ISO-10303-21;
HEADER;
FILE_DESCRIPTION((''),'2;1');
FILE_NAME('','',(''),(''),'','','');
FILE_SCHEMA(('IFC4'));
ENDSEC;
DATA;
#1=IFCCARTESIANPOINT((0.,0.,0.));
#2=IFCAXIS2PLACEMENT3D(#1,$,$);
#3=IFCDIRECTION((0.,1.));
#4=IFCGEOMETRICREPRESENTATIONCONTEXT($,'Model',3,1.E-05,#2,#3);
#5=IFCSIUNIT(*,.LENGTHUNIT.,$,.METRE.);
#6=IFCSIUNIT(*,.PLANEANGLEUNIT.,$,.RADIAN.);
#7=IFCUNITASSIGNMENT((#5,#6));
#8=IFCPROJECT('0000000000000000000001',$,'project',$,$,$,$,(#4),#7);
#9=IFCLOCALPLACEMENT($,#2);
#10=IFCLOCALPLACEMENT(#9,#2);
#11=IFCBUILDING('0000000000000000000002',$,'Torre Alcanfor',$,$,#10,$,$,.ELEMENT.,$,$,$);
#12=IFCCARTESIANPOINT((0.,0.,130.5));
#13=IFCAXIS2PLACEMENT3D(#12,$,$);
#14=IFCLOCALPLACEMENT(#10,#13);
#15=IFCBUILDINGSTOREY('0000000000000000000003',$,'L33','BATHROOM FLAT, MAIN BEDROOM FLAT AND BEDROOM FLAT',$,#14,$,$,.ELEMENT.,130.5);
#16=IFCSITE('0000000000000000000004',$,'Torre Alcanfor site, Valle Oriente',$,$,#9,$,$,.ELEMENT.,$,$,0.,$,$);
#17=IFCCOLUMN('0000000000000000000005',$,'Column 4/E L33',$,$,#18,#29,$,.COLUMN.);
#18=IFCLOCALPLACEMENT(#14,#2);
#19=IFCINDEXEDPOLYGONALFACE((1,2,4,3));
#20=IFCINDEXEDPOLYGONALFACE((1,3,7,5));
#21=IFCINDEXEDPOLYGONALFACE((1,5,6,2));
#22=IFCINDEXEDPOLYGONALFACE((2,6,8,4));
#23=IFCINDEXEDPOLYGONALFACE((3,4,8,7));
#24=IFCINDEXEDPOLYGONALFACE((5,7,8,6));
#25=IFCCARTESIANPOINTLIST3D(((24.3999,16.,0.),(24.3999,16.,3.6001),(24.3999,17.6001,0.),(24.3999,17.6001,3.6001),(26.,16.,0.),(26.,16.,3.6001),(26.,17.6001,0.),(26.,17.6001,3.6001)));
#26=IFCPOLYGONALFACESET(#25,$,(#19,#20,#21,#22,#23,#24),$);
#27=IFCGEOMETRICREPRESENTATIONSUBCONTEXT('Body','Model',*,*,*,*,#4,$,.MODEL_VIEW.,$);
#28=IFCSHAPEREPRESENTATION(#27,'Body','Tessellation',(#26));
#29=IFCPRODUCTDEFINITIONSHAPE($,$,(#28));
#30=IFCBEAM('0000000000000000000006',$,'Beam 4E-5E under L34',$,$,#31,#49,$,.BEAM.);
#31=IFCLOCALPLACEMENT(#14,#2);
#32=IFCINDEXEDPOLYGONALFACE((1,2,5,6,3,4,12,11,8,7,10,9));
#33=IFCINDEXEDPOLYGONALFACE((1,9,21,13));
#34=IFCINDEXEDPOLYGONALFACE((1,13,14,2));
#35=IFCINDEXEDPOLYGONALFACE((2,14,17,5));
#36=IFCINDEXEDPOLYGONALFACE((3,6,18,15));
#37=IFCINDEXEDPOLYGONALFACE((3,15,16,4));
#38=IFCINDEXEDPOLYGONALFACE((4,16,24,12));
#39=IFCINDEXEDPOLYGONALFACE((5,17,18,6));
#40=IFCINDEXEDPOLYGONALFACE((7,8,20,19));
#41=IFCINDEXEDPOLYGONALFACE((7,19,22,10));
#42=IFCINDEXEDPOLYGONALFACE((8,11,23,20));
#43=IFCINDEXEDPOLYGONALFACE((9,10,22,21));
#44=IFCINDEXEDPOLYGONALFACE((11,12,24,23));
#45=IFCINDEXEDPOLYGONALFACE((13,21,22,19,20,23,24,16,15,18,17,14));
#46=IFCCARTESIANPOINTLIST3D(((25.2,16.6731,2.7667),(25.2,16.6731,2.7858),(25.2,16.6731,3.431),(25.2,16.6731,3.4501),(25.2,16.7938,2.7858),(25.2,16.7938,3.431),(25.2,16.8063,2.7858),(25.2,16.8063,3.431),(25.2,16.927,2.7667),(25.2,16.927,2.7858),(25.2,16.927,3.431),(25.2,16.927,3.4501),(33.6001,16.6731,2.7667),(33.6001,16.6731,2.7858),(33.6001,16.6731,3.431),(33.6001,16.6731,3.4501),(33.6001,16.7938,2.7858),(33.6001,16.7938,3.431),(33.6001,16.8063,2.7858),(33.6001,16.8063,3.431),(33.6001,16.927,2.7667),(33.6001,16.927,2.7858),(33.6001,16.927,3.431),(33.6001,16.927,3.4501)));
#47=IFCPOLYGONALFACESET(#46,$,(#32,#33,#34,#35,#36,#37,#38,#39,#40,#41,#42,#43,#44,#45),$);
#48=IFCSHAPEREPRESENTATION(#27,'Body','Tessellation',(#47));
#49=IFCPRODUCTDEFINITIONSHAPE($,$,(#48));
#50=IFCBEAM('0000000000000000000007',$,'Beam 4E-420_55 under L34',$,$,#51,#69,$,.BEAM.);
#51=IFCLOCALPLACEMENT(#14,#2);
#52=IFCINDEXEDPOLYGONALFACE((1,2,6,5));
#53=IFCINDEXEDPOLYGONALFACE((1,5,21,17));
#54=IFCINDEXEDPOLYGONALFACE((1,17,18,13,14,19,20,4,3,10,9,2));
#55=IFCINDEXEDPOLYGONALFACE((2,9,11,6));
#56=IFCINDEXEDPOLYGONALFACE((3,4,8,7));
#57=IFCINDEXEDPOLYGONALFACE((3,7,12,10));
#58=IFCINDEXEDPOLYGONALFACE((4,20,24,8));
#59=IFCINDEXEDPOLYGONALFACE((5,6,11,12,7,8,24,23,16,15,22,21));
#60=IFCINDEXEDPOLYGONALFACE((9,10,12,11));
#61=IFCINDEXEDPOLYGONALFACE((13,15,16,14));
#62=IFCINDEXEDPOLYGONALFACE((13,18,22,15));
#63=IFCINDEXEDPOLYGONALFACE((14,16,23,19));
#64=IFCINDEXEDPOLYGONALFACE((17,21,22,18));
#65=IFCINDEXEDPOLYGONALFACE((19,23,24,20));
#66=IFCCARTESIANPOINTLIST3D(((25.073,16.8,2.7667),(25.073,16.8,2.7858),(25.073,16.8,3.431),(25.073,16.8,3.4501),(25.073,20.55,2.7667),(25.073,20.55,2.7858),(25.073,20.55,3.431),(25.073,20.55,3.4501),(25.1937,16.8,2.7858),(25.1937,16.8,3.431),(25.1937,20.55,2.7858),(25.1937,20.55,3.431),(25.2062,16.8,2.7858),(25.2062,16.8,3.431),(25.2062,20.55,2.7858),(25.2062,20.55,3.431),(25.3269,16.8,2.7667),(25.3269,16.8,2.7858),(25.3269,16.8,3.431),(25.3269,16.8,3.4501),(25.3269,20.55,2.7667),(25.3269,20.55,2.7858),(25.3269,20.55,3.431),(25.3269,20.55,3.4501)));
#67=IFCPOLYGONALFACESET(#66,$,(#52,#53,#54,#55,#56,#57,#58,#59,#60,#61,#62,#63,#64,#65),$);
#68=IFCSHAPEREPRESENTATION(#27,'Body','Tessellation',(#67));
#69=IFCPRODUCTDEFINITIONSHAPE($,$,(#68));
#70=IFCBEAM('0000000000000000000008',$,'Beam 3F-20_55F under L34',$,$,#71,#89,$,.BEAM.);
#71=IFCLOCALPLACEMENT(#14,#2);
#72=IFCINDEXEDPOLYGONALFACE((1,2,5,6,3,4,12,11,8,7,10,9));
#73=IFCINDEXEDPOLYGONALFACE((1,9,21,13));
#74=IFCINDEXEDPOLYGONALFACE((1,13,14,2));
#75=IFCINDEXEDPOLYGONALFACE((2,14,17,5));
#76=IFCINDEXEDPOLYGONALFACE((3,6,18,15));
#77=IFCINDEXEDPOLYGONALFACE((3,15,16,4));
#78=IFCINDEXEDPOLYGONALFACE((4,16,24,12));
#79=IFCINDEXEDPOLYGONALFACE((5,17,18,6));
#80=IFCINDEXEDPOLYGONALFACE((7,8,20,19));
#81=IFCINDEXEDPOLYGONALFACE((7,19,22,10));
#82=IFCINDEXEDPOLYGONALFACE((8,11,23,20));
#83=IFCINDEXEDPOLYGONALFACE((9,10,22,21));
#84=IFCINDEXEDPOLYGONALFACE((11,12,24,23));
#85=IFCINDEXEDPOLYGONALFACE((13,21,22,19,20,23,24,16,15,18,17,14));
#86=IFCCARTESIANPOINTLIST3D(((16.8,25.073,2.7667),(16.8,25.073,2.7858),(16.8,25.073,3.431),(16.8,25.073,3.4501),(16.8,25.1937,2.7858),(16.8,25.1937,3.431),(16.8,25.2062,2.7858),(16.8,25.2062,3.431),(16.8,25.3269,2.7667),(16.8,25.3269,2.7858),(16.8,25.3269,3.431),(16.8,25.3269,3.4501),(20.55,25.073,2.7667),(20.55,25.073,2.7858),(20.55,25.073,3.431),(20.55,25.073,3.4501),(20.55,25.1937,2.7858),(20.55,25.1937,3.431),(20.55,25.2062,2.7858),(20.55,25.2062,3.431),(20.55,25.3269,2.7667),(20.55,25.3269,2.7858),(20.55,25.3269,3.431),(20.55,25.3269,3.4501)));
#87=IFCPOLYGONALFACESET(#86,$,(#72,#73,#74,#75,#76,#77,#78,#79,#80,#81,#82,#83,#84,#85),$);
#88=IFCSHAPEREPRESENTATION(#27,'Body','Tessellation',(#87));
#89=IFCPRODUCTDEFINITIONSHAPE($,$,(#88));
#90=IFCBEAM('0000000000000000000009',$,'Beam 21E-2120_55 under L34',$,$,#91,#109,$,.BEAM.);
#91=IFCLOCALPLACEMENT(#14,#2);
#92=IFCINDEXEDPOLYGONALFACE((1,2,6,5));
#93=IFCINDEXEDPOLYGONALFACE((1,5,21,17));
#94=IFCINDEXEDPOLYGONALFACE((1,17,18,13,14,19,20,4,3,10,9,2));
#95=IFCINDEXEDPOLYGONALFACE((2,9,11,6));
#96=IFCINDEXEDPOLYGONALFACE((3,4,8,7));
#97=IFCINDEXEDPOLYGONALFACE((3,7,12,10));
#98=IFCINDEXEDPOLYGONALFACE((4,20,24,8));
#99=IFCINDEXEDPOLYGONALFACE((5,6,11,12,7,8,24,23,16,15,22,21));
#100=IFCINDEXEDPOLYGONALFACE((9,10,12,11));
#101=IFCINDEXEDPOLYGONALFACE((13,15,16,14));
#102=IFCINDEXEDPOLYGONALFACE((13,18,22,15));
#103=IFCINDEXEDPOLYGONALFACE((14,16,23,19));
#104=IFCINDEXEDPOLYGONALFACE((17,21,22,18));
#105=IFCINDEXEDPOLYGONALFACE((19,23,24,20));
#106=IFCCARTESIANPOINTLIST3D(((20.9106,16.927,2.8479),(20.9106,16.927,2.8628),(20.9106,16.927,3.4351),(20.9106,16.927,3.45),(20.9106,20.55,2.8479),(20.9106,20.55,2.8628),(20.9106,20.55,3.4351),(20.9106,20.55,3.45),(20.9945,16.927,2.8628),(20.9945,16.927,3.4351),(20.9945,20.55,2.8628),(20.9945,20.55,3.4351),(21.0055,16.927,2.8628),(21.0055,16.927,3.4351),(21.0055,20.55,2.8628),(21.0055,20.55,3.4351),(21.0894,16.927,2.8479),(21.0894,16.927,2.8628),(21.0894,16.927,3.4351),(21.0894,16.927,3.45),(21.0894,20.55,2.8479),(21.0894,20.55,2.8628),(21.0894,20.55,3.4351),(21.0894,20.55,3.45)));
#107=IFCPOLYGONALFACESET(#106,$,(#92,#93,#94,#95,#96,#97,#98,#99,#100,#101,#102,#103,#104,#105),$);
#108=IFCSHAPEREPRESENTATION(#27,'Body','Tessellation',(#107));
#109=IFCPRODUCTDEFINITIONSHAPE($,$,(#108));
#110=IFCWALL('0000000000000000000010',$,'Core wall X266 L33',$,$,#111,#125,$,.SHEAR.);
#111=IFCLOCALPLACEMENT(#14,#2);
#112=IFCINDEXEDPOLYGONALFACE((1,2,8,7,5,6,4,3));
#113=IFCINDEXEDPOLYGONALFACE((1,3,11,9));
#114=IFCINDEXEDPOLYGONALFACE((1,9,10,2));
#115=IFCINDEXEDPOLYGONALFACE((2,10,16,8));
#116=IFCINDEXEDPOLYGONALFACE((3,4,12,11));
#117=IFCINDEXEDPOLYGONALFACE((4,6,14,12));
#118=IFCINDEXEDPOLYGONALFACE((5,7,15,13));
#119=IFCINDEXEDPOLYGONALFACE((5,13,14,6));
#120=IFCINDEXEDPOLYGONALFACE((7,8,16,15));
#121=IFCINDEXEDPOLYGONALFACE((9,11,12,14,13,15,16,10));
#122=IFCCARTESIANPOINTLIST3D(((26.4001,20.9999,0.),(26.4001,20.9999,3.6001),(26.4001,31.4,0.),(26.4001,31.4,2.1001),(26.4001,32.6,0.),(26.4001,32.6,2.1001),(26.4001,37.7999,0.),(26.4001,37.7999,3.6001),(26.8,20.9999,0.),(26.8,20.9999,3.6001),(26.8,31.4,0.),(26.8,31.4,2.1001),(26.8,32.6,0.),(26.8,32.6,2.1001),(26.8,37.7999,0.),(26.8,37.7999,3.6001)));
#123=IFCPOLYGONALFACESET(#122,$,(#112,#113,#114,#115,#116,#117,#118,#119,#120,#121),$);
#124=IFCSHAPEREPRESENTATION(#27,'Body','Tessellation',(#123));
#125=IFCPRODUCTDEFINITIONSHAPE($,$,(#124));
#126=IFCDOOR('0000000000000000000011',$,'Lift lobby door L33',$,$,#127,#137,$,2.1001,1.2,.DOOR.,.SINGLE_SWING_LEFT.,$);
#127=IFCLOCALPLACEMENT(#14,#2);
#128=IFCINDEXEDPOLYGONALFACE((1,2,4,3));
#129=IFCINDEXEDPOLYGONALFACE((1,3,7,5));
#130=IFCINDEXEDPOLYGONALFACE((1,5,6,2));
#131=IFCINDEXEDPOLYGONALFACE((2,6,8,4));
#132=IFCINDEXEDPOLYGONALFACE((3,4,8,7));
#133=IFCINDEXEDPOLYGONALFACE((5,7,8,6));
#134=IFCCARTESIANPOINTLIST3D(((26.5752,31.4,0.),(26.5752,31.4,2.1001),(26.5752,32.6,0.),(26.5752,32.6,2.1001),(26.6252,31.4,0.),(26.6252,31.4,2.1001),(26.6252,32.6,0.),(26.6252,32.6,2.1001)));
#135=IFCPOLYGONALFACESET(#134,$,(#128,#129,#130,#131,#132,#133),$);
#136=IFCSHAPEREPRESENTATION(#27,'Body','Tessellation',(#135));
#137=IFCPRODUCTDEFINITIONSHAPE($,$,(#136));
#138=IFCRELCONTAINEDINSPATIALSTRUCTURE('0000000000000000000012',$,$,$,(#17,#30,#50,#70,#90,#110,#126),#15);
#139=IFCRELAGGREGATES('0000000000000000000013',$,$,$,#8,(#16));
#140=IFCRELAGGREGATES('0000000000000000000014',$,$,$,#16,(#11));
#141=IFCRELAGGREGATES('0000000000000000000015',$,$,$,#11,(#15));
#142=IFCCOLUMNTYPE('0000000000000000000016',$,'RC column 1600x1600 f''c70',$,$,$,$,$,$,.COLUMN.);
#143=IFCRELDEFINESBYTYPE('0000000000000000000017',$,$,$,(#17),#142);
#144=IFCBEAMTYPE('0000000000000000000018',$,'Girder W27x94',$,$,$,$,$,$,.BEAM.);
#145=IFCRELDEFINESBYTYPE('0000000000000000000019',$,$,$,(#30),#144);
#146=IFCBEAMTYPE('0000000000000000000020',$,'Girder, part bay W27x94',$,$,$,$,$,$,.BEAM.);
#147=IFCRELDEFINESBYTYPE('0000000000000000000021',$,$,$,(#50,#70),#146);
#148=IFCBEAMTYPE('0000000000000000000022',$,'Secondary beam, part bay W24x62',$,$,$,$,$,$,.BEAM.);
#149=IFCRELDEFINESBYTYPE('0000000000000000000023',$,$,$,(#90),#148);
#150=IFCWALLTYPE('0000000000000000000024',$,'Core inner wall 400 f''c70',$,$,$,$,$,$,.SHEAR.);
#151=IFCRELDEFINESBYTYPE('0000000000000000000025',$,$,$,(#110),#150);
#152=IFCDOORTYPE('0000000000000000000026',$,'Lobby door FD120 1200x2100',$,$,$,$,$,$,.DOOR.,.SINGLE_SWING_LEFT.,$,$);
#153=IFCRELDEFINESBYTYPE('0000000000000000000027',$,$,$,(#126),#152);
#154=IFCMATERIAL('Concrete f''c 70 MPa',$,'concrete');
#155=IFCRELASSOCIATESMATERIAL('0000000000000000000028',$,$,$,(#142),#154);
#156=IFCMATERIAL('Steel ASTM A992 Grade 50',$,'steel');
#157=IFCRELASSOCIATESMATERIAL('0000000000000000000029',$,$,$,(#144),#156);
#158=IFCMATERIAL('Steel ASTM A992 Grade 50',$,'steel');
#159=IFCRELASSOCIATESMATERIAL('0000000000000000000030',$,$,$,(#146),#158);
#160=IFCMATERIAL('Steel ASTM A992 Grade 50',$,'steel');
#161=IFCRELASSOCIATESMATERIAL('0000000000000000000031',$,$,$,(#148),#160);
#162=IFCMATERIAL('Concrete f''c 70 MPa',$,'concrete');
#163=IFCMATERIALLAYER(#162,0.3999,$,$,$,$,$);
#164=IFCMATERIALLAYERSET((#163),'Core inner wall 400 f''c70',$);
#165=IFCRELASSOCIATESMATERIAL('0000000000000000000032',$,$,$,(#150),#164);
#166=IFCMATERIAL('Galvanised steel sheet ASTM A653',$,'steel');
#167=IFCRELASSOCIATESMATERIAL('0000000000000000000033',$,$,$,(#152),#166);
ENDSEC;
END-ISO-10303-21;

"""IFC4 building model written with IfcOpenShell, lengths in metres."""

from ifc_helpers import new_model, si_unit, direction, frame, frame_2d, origin, origin_2d, place, context, subcontext, project, spatial, rectangle, i_section, extrude, material, layer, layer_set, material_profile, profile_set, type_object, element, fill, save


model = new_model("IFC4")

# Units and contexts
model_context = context("Model", 3, precision=1e-05, world=origin(), true_north=direction((0.0, 1.0)))
body_context = subcontext(model_context, "Body", "Model", "MODEL_VIEW")
ifc_project = project(units=[si_unit("LENGTHUNIT", "METRE"), si_unit("PLANEANGLEUNIT", "RADIAN")], contexts=[model_context])

# Site, building, storey
site_placement = place(None, origin())
site = spatial("IfcSite", under=ifc_project, at=site_placement, Name="Torre Alcanfor site, Valle Oriente", CompositionType="ELEMENT", RefElevation=0.0)
building_placement = place(site_placement, origin())
building = spatial("IfcBuilding", under=site, at=building_placement, Name="Torre Alcanfor", CompositionType="ELEMENT")
storey_placement = place(building_placement, frame((0.0, 0.0, 130.5)))
storey = spatial("IfcBuildingStorey", under=building, at=storey_placement, Name="L33", Description="BATHROOM FLAT, MAIN BEDROOM FLAT AND BEDROOM FLAT", CompositionType="ELEMENT", Elevation=130.5)

# Column
ifc_material_1 = material(Name="Concrete f'c 70 MPa", Category="concrete")
ifc_material_profile_1 = material_profile(ifc_material_1, rectangle(XDim=1.6001, YDim=1.6001, at=origin_2d()), Name="1600x1600")
ifc_profile_set_1 = profile_set([ifc_material_profile_1], Name="Concrete f'c 70 MPa")
column_type = type_object("IfcColumnType", Name="RC column 1600x1600 f'c70", PredefinedType="COLUMN", material=ifc_profile_set_1)
column_placement = place(storey_placement, frame((25.2, 16.8, 0.0), z_axis=(0.0, 0.0, 1.0), x_axis=(1.0, 0.0, 0.0)))
element("IfcColumn", 1, at=column_placement, inside=storey, type_object=column_type, Name="Column 4/E L33", PredefinedType="COLUMN", context=body_context, shape_type="SweptSolid", body=[
    extrude(rectangle(XDim=1.6001, YDim=1.6001, at=origin_2d()), origin(), (0.0, 0.0, 1.0), 3.6001),
])

# Beams
ifc_material_2 = material(Name="Steel ASTM A992 Grade 50", Category="steel")
ifc_material_profile_2 = material_profile(ifc_material_2, i_section(OverallWidth=0.2539, OverallDepth=0.6833, WebThickness=0.0125, FlangeThickness=0.019, at=origin_2d()), Name="W27x94")
ifc_profile_set_2 = profile_set([ifc_material_profile_2], Name="Steel ASTM A992 Grade 50")
beam_type_1 = type_object("IfcBeamType", Name="Girder W27x94", PredefinedType="BEAM", material=ifc_profile_set_2)
beam_1_placement = place(storey_placement, frame((25.2, 16.8, 3.1084), z_axis=(1.0, 0.0, 0.0), x_axis=(0.0, 1.0, 0.0)))
element("IfcBeam", 2, at=beam_1_placement, inside=storey, type_object=beam_type_1, Name="Beam 4E-5E under L34", PredefinedType="BEAM", context=body_context, shape_type="SweptSolid", body=[
    extrude(i_section(OverallWidth=0.2539, OverallDepth=0.6833, WebThickness=0.0125, FlangeThickness=0.019, at=origin_2d()), origin(), (0.0, 0.0, 1.0), 8.4001),
])
ifc_material_3 = material(Name="Steel ASTM A992 Grade 50", Category="steel")
ifc_material_profile_3 = material_profile(ifc_material_3, i_section(OverallWidth=0.2539, OverallDepth=0.6833, WebThickness=0.0125, FlangeThickness=0.019, at=origin_2d()), Name="W27x94")
ifc_profile_set_3 = profile_set([ifc_material_profile_3], Name="Steel ASTM A992 Grade 50")
beam_type_2 = type_object("IfcBeamType", Name="Girder, part bay W27x94", PredefinedType="BEAM", material=ifc_profile_set_3)
for number, where, z_axis, x_axis, name in (
    (3, (25.2, 16.8, 3.1084), (0.0, 1.0, 0.0), (-1.0, 0.0, 0.0), "Beam 4E-420_55 under L34"),
    (4, (16.8, 25.2, 3.1084), (1.0, 0.0, 0.0), (0.0, 1.0, 0.0), "Beam 3F-20_55F under L34"),
):
    element("IfcBeam", number, at=place(storey_placement, frame(where, z_axis=z_axis, x_axis=x_axis)), inside=storey, type_object=beam_type_2, Name=name, PredefinedType="BEAM", context=body_context, shape_type="SweptSolid", body=[
        extrude(i_section(OverallWidth=0.2539, OverallDepth=0.6833, WebThickness=0.0125, FlangeThickness=0.019, at=origin_2d()), origin(), (0.0, 0.0, 1.0), 3.75),
    ])
ifc_material_4 = material(Name="Steel ASTM A992 Grade 50", Category="steel")
ifc_material_profile_4 = material_profile(ifc_material_4, i_section(OverallWidth=0.1787, OverallDepth=0.6021, WebThickness=0.011, FlangeThickness=0.0149, at=origin_2d()), Name="W24x62")
ifc_profile_set_4 = profile_set([ifc_material_profile_4], Name="Steel ASTM A992 Grade 50")
beam_type_3 = type_object("IfcBeamType", Name="Secondary beam, part bay W24x62", PredefinedType="BEAM", material=ifc_profile_set_4)
beam_2_placement = place(storey_placement, frame((21.0, 16.927, 3.1489), z_axis=(0.0, 1.0, 0.0), x_axis=(-1.0, 0.0, 0.0)))
element("IfcBeam", 5, at=beam_2_placement, inside=storey, type_object=beam_type_3, Name="Beam 21E-2120_55 under L34", PredefinedType="BEAM", context=body_context, shape_type="SweptSolid", body=[
    extrude(i_section(OverallWidth=0.1787, OverallDepth=0.6021, WebThickness=0.011, FlangeThickness=0.0149, at=origin_2d()), origin(), (0.0, 0.0, 1.0), 3.623),
])

# Wall, opening, door
ifc_material_5 = material(Name="Concrete f'c 70 MPa", Category="concrete")
ifc_layer_1 = layer(ifc_material_5, 0.3999)
ifc_layer_set_1 = layer_set([ifc_layer_1], Name="Core inner wall 400 f'c70")
wall_type_1 = type_object("IfcWallType", Name="Core inner wall 400 f'c70", PredefinedType="SHEAR", material=ifc_layer_set_1)
wall_1_placement = place(storey_placement, frame((26.6001, 21.0, 0.0), z_axis=(0.0, 0.0, 1.0), x_axis=(0.0, 1.0, 0.0)))
wall_1 = element("IfcWall", 6, at=wall_1_placement, inside=storey, type_object=wall_type_1, Name="Core wall X266 L33", PredefinedType="SHEAR", context=body_context, shape_type="SweptSolid", body=[
    extrude(rectangle(XDim=16.8, YDim=0.3999, at=frame_2d((8.3999, 0.0))), origin(), (0.0, 0.0, 1.0), 3.6001),
])
opening_1_placement = place(wall_1_placement, frame((10.3999, 0.0, 0.0)))
opening_1 = element("IfcOpeningElement", 7, at=opening_1_placement, cuts=wall_1, PredefinedType="OPENING", context=body_context, shape_type="SweptSolid", body=[
    extrude(rectangle(XDim=1.2, YDim=2.1001, at=frame_2d((0.6001, 1.05))), frame((0.0, 0.21, 0.0), z_axis=(0.0, -1.0, 0.0), x_axis=(1.0, 0.0, 0.0)), (0.0, 0.0, 1.0), 0.4199),
])
ifc_material_6 = material(Name="Galvanised steel sheet ASTM A653", Category="steel")
door_type_1 = type_object("IfcDoorType", Name="Lobby door FD120 1200x2100", OperationType="SINGLE_SWING_LEFT", PredefinedType="DOOR", material=ifc_material_6)
door_1_placement = place(opening_1_placement, origin())
door_1 = element("IfcDoor", 8, at=door_1_placement, inside=storey, type_object=door_type_1, Name="Lift lobby door L33", OperationType="SINGLE_SWING_LEFT", OverallHeight=2.1001, OverallWidth=1.2, PredefinedType="DOOR", context=body_context, shape_type="SweptSolid", body=[
    extrude(rectangle(XDim=1.2, YDim=2.1001, at=frame_2d((0.6001, 1.05))), frame((0.0, 0.0249, 0.0), z_axis=(0.0, -1.0, 0.0), x_axis=(1.0, 0.0, 0.0)), (0.0, 0.0, 1.0), 0.05),
])
fill(opening_1, door_1)

save(model, "model.ifc")
